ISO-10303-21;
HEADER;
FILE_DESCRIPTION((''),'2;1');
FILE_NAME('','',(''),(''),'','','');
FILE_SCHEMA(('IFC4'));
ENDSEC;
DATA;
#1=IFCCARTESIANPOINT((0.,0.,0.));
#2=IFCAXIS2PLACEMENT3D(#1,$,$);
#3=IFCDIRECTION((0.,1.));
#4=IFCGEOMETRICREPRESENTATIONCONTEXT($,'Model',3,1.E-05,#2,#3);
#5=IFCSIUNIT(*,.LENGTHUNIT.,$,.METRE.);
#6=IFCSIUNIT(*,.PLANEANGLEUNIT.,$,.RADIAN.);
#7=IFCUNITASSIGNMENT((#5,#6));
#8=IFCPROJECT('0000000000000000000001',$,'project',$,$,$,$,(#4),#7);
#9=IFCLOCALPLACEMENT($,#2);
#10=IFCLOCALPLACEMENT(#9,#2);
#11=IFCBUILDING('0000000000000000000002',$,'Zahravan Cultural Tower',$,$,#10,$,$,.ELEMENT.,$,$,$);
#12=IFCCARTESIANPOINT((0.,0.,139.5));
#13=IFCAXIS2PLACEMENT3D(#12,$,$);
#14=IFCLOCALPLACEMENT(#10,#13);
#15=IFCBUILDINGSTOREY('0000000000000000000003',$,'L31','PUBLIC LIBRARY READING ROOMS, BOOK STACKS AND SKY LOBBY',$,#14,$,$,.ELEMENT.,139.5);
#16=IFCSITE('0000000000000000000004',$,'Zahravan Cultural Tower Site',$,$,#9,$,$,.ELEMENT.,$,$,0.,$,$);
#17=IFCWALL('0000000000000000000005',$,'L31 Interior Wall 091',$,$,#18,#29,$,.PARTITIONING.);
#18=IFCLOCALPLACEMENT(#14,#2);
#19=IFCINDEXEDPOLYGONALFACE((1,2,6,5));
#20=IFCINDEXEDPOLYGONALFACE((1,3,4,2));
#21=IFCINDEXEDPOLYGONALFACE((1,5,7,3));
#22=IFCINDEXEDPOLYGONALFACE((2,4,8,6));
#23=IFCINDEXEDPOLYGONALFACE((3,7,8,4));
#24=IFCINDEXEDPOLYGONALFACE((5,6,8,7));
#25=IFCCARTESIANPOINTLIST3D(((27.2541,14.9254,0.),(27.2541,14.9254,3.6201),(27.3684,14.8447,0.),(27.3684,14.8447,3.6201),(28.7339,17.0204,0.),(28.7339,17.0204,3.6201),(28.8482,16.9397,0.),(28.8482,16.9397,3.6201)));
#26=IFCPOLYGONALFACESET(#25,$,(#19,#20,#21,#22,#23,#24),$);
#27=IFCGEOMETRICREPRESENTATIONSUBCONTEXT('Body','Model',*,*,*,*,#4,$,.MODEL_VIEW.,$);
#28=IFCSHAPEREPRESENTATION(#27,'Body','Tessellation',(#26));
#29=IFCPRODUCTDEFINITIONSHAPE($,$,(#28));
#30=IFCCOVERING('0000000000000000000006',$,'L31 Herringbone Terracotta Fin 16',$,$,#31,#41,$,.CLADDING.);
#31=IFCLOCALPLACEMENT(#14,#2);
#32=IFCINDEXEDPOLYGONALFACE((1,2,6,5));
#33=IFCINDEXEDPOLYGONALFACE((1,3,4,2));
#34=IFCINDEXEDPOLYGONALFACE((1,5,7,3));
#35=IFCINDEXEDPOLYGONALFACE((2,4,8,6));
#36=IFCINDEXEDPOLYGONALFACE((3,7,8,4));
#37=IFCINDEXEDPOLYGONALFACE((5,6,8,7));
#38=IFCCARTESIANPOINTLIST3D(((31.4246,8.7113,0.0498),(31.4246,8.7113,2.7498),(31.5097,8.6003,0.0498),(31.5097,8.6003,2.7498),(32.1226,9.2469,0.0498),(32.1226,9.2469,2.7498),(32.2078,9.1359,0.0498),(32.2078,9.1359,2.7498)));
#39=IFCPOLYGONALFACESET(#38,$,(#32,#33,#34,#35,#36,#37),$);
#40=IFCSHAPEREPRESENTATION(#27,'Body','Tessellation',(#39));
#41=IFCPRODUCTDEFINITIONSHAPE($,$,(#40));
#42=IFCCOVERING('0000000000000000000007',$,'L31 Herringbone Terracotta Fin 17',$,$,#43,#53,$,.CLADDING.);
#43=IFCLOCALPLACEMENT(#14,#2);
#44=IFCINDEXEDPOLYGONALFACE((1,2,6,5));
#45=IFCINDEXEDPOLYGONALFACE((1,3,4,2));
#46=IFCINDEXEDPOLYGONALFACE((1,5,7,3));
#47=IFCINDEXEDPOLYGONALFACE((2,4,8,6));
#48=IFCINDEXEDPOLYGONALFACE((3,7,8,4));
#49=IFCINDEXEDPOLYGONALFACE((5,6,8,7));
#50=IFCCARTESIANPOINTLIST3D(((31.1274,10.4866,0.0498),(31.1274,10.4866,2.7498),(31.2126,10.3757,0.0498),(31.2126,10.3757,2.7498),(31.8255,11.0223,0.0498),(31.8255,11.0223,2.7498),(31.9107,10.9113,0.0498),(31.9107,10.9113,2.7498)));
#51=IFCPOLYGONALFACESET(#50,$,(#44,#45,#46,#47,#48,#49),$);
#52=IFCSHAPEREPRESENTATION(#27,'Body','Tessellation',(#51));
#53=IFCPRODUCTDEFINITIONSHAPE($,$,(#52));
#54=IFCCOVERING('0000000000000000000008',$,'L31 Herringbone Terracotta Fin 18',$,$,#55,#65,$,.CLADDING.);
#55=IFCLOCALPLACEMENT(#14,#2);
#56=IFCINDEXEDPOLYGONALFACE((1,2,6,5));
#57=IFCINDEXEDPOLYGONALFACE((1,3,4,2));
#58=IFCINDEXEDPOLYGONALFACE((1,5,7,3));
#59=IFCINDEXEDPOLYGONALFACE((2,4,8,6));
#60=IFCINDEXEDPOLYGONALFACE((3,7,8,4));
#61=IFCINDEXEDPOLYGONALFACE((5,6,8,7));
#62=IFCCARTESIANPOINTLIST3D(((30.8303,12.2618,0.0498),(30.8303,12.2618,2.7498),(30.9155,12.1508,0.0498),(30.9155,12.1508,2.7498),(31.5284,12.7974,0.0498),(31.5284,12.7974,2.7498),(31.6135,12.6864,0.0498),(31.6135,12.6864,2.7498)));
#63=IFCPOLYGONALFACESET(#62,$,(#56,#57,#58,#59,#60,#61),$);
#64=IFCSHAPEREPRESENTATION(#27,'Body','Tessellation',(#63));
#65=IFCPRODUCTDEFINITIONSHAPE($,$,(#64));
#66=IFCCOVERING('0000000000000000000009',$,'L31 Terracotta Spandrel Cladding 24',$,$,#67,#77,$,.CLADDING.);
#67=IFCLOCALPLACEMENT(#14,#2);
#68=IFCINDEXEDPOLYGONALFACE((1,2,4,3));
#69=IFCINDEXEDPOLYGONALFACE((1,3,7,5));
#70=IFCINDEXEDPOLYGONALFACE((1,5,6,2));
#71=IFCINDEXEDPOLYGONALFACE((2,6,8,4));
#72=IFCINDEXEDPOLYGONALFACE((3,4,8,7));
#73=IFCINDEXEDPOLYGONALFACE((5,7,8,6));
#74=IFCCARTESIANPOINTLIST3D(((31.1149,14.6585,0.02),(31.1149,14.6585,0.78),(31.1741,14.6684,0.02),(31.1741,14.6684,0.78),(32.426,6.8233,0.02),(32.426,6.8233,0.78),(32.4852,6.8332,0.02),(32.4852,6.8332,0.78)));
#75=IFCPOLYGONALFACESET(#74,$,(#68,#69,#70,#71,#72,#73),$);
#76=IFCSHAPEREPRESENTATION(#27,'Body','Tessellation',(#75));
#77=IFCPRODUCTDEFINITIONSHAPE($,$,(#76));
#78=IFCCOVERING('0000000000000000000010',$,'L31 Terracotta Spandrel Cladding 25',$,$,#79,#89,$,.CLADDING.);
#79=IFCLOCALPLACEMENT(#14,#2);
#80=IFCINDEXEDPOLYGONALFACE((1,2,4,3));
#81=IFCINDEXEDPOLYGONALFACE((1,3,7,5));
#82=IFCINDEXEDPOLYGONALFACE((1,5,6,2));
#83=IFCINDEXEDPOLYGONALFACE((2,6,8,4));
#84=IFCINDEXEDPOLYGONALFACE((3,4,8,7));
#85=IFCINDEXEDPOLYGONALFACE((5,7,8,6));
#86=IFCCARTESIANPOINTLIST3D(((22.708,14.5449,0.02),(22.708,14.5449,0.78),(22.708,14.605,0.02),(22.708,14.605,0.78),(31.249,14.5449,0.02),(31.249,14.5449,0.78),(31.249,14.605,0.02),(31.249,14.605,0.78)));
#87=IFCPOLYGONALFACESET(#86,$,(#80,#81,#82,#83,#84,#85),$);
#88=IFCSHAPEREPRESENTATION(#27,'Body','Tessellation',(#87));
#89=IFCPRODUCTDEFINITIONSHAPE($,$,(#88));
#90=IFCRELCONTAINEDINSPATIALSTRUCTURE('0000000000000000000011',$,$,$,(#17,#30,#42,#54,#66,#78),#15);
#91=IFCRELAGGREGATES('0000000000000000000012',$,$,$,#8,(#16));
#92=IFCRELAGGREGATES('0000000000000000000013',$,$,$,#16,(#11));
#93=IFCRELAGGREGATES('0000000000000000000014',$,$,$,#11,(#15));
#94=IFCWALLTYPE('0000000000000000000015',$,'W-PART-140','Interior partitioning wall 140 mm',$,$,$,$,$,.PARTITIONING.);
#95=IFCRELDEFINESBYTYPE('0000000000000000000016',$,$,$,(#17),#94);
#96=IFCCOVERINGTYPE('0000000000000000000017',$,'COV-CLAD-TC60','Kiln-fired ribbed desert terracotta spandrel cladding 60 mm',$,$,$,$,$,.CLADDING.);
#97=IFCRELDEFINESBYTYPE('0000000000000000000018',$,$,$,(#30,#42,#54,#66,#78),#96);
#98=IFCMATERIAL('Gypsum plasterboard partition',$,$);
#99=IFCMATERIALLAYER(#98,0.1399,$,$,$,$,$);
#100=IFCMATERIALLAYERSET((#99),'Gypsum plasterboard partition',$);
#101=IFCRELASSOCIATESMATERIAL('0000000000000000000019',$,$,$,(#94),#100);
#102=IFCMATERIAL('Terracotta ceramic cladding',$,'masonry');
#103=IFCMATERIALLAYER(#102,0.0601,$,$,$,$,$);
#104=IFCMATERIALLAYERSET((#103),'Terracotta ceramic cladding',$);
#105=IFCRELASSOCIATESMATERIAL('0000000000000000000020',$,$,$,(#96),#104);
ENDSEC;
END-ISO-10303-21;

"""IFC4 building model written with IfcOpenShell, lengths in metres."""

from ifc_helpers import new_model, si_unit, direction, frame, frame_2d, origin, origin_2d, place, context, subcontext, project, spatial, rectangle, extrude, source, transform, mapped, material, layer, layer_set, type_object, element, save


model = new_model("IFC4")

# Units and contexts
model_context = context("Model", 3, precision=1e-05, world=origin(), true_north=direction((0.0, 1.0)))
body_context = subcontext(model_context, "Body", "Model", "MODEL_VIEW")
ifc_project = project(units=[si_unit("LENGTHUNIT", "METRE"), si_unit("PLANEANGLEUNIT", "RADIAN")], contexts=[model_context])

# Site, building, storey
site_placement = place(None, origin())
site = spatial("IfcSite", under=ifc_project, at=site_placement, Name="Zahravan Cultural Tower Site", CompositionType="ELEMENT", RefElevation=0.0)
building_placement = place(site_placement, origin())
building = spatial("IfcBuilding", under=site, at=building_placement, Name="Zahravan Cultural Tower", CompositionType="ELEMENT")
storey_placement = place(building_placement, frame((0.0, 0.0, 139.5)))
storey = spatial("IfcBuildingStorey", under=building, at=storey_placement, Name="L31", Description="PUBLIC LIBRARY READING ROOMS, BOOK STACKS AND SKY LOBBY", CompositionType="ELEMENT", Elevation=139.5)

# Shared definitions
ifc_material_1 = material(Name="Gypsum plasterboard partition")
ifc_layer_1 = layer(ifc_material_1, 0.1399)
ifc_layer_set_1 = layer_set([ifc_layer_1], Name="Gypsum plasterboard partition")
wall_type_1 = type_object("IfcWallType", Name="W-PART-140", Description="Interior partitioning wall 140 mm", PredefinedType="PARTITIONING", material=ifc_layer_set_1)

# Wall
shared_shape_1 = source(origin(), body_context, "Body", "SweptSolid", [
    extrude(rectangle(XDim=2.5649, YDim=0.1399, at=frame_2d((1.2825, 0.0))), origin(), (0.0, 0.0, 1.0), 3.6201),
])
wall_1_placement = place(storey_placement, frame((27.3113, 14.885, 0.0), z_axis=(0.0, 0.0, 1.0), x_axis=(0.576926, 0.816796, 0.0)))
element("IfcWall", 1, at=wall_1_placement, inside=storey, type_object=wall_type_1, Name="L31 Interior Wall 091", PredefinedType="PARTITIONING", context=body_context, shape_type="MappedRepresentation", body=[
    mapped(shared_shape_1, transform((0.0, 0.0, 0.0), x_axis=(1.0, 0.0, 0.0), y_axis=(0.0, 1.0, 0.0), z_axis=(0.0, 0.0, 1.0), scale=1.0)),
])

# Coverings
ifc_material_2 = material(Name="Terracotta ceramic cladding", Category="masonry")
ifc_layer_2 = layer(ifc_material_2, 0.0601)
ifc_layer_set_2 = layer_set([ifc_layer_2], Name="Terracotta ceramic cladding")
covering_type = type_object("IfcCoveringType", Name="COV-CLAD-TC60", Description="Kiln-fired ribbed desert terracotta spandrel cladding 60 mm", PredefinedType="CLADDING", material=ifc_layer_set_2)
shared_shape_2 = source(origin(), body_context, "Body", "SweptSolid", [
    extrude(rectangle(XDim=0.8799, YDim=0.1399, at=origin_2d()), origin(), (0.0, 0.0, 1.0), 2.7),
])
for number, where, z_axis, x_axis, name in (
    (2, (31.8162, 8.9236, 0.0498), (0.0, 0.0, 1.0), (-0.793353, -0.608761, 0.0), "L31 Herringbone Terracotta Fin 16"),
    (3, (31.519, 10.699, 0.0498), (0.0, 0.0, 1.0), (-0.793353, -0.608761, 0.0), "L31 Herringbone Terracotta Fin 17"),
    (4, (31.2219, 12.4741, 0.0498), (0.0, 0.0, 1.0), (-0.793353, -0.608761, 0.0), "L31 Herringbone Terracotta Fin 18"),
):
    element("IfcCovering", number, at=place(storey_placement, frame(where, z_axis=z_axis, x_axis=x_axis)), inside=storey, type_object=covering_type, Name=name, PredefinedType="CLADDING", context=body_context, shape_type="MappedRepresentation", body=[
        mapped(shared_shape_2, transform((0.0, 0.0, 0.0), x_axis=(1.0, 0.0, 0.0), y_axis=(0.0, 1.0, 0.0), z_axis=(0.0, 0.0, 1.0), scale=1.0)),
    ])
shared_shape_3 = source(origin(), body_context, "Body", "SweptSolid", [
    extrude(rectangle(XDim=7.9441, YDim=0.0601, at=origin_2d()), origin(), (0.0, 0.0, 1.0), 0.76),
])
covering_1_placement = place(storey_placement, frame((31.8, 10.7458, 0.02), z_axis=(0.0, 0.0, 1.0), x_axis=(-0.165048, 0.986286, 0.0)))
element("IfcCovering", 5, at=covering_1_placement, inside=storey, type_object=covering_type, Name="L31 Terracotta Spandrel Cladding 24", PredefinedType="CLADDING", context=body_context, shape_type="MappedRepresentation", body=[
    mapped(shared_shape_3, transform((0.0, 0.0, 0.0), x_axis=(1.0, 0.0, 0.0), y_axis=(0.0, 1.0, 0.0), z_axis=(0.0, 0.0, 1.0), scale=1.0)),
])
shared_shape_4 = source(origin(), body_context, "Body", "SweptSolid", [
    extrude(rectangle(XDim=8.541, YDim=0.0601, at=origin_2d()), origin(), (0.0, 0.0, 1.0), 0.76),
])
covering_2_placement = place(storey_placement, frame((26.9785, 14.575, 0.02), z_axis=(0.0, 0.0, 1.0), x_axis=(-1.0, 0.0, 0.0)))
element("IfcCovering", 6, at=covering_2_placement, inside=storey, type_object=covering_type, Name="L31 Terracotta Spandrel Cladding 25", PredefinedType="CLADDING", context=body_context, shape_type="MappedRepresentation", body=[
    mapped(shared_shape_4, transform((0.0, 0.0, 0.0), x_axis=(1.0, 0.0, 0.0), y_axis=(0.0, 1.0, 0.0), z_axis=(0.0, 0.0, 1.0), scale=1.0)),
])

save(model, "model.ifc")
